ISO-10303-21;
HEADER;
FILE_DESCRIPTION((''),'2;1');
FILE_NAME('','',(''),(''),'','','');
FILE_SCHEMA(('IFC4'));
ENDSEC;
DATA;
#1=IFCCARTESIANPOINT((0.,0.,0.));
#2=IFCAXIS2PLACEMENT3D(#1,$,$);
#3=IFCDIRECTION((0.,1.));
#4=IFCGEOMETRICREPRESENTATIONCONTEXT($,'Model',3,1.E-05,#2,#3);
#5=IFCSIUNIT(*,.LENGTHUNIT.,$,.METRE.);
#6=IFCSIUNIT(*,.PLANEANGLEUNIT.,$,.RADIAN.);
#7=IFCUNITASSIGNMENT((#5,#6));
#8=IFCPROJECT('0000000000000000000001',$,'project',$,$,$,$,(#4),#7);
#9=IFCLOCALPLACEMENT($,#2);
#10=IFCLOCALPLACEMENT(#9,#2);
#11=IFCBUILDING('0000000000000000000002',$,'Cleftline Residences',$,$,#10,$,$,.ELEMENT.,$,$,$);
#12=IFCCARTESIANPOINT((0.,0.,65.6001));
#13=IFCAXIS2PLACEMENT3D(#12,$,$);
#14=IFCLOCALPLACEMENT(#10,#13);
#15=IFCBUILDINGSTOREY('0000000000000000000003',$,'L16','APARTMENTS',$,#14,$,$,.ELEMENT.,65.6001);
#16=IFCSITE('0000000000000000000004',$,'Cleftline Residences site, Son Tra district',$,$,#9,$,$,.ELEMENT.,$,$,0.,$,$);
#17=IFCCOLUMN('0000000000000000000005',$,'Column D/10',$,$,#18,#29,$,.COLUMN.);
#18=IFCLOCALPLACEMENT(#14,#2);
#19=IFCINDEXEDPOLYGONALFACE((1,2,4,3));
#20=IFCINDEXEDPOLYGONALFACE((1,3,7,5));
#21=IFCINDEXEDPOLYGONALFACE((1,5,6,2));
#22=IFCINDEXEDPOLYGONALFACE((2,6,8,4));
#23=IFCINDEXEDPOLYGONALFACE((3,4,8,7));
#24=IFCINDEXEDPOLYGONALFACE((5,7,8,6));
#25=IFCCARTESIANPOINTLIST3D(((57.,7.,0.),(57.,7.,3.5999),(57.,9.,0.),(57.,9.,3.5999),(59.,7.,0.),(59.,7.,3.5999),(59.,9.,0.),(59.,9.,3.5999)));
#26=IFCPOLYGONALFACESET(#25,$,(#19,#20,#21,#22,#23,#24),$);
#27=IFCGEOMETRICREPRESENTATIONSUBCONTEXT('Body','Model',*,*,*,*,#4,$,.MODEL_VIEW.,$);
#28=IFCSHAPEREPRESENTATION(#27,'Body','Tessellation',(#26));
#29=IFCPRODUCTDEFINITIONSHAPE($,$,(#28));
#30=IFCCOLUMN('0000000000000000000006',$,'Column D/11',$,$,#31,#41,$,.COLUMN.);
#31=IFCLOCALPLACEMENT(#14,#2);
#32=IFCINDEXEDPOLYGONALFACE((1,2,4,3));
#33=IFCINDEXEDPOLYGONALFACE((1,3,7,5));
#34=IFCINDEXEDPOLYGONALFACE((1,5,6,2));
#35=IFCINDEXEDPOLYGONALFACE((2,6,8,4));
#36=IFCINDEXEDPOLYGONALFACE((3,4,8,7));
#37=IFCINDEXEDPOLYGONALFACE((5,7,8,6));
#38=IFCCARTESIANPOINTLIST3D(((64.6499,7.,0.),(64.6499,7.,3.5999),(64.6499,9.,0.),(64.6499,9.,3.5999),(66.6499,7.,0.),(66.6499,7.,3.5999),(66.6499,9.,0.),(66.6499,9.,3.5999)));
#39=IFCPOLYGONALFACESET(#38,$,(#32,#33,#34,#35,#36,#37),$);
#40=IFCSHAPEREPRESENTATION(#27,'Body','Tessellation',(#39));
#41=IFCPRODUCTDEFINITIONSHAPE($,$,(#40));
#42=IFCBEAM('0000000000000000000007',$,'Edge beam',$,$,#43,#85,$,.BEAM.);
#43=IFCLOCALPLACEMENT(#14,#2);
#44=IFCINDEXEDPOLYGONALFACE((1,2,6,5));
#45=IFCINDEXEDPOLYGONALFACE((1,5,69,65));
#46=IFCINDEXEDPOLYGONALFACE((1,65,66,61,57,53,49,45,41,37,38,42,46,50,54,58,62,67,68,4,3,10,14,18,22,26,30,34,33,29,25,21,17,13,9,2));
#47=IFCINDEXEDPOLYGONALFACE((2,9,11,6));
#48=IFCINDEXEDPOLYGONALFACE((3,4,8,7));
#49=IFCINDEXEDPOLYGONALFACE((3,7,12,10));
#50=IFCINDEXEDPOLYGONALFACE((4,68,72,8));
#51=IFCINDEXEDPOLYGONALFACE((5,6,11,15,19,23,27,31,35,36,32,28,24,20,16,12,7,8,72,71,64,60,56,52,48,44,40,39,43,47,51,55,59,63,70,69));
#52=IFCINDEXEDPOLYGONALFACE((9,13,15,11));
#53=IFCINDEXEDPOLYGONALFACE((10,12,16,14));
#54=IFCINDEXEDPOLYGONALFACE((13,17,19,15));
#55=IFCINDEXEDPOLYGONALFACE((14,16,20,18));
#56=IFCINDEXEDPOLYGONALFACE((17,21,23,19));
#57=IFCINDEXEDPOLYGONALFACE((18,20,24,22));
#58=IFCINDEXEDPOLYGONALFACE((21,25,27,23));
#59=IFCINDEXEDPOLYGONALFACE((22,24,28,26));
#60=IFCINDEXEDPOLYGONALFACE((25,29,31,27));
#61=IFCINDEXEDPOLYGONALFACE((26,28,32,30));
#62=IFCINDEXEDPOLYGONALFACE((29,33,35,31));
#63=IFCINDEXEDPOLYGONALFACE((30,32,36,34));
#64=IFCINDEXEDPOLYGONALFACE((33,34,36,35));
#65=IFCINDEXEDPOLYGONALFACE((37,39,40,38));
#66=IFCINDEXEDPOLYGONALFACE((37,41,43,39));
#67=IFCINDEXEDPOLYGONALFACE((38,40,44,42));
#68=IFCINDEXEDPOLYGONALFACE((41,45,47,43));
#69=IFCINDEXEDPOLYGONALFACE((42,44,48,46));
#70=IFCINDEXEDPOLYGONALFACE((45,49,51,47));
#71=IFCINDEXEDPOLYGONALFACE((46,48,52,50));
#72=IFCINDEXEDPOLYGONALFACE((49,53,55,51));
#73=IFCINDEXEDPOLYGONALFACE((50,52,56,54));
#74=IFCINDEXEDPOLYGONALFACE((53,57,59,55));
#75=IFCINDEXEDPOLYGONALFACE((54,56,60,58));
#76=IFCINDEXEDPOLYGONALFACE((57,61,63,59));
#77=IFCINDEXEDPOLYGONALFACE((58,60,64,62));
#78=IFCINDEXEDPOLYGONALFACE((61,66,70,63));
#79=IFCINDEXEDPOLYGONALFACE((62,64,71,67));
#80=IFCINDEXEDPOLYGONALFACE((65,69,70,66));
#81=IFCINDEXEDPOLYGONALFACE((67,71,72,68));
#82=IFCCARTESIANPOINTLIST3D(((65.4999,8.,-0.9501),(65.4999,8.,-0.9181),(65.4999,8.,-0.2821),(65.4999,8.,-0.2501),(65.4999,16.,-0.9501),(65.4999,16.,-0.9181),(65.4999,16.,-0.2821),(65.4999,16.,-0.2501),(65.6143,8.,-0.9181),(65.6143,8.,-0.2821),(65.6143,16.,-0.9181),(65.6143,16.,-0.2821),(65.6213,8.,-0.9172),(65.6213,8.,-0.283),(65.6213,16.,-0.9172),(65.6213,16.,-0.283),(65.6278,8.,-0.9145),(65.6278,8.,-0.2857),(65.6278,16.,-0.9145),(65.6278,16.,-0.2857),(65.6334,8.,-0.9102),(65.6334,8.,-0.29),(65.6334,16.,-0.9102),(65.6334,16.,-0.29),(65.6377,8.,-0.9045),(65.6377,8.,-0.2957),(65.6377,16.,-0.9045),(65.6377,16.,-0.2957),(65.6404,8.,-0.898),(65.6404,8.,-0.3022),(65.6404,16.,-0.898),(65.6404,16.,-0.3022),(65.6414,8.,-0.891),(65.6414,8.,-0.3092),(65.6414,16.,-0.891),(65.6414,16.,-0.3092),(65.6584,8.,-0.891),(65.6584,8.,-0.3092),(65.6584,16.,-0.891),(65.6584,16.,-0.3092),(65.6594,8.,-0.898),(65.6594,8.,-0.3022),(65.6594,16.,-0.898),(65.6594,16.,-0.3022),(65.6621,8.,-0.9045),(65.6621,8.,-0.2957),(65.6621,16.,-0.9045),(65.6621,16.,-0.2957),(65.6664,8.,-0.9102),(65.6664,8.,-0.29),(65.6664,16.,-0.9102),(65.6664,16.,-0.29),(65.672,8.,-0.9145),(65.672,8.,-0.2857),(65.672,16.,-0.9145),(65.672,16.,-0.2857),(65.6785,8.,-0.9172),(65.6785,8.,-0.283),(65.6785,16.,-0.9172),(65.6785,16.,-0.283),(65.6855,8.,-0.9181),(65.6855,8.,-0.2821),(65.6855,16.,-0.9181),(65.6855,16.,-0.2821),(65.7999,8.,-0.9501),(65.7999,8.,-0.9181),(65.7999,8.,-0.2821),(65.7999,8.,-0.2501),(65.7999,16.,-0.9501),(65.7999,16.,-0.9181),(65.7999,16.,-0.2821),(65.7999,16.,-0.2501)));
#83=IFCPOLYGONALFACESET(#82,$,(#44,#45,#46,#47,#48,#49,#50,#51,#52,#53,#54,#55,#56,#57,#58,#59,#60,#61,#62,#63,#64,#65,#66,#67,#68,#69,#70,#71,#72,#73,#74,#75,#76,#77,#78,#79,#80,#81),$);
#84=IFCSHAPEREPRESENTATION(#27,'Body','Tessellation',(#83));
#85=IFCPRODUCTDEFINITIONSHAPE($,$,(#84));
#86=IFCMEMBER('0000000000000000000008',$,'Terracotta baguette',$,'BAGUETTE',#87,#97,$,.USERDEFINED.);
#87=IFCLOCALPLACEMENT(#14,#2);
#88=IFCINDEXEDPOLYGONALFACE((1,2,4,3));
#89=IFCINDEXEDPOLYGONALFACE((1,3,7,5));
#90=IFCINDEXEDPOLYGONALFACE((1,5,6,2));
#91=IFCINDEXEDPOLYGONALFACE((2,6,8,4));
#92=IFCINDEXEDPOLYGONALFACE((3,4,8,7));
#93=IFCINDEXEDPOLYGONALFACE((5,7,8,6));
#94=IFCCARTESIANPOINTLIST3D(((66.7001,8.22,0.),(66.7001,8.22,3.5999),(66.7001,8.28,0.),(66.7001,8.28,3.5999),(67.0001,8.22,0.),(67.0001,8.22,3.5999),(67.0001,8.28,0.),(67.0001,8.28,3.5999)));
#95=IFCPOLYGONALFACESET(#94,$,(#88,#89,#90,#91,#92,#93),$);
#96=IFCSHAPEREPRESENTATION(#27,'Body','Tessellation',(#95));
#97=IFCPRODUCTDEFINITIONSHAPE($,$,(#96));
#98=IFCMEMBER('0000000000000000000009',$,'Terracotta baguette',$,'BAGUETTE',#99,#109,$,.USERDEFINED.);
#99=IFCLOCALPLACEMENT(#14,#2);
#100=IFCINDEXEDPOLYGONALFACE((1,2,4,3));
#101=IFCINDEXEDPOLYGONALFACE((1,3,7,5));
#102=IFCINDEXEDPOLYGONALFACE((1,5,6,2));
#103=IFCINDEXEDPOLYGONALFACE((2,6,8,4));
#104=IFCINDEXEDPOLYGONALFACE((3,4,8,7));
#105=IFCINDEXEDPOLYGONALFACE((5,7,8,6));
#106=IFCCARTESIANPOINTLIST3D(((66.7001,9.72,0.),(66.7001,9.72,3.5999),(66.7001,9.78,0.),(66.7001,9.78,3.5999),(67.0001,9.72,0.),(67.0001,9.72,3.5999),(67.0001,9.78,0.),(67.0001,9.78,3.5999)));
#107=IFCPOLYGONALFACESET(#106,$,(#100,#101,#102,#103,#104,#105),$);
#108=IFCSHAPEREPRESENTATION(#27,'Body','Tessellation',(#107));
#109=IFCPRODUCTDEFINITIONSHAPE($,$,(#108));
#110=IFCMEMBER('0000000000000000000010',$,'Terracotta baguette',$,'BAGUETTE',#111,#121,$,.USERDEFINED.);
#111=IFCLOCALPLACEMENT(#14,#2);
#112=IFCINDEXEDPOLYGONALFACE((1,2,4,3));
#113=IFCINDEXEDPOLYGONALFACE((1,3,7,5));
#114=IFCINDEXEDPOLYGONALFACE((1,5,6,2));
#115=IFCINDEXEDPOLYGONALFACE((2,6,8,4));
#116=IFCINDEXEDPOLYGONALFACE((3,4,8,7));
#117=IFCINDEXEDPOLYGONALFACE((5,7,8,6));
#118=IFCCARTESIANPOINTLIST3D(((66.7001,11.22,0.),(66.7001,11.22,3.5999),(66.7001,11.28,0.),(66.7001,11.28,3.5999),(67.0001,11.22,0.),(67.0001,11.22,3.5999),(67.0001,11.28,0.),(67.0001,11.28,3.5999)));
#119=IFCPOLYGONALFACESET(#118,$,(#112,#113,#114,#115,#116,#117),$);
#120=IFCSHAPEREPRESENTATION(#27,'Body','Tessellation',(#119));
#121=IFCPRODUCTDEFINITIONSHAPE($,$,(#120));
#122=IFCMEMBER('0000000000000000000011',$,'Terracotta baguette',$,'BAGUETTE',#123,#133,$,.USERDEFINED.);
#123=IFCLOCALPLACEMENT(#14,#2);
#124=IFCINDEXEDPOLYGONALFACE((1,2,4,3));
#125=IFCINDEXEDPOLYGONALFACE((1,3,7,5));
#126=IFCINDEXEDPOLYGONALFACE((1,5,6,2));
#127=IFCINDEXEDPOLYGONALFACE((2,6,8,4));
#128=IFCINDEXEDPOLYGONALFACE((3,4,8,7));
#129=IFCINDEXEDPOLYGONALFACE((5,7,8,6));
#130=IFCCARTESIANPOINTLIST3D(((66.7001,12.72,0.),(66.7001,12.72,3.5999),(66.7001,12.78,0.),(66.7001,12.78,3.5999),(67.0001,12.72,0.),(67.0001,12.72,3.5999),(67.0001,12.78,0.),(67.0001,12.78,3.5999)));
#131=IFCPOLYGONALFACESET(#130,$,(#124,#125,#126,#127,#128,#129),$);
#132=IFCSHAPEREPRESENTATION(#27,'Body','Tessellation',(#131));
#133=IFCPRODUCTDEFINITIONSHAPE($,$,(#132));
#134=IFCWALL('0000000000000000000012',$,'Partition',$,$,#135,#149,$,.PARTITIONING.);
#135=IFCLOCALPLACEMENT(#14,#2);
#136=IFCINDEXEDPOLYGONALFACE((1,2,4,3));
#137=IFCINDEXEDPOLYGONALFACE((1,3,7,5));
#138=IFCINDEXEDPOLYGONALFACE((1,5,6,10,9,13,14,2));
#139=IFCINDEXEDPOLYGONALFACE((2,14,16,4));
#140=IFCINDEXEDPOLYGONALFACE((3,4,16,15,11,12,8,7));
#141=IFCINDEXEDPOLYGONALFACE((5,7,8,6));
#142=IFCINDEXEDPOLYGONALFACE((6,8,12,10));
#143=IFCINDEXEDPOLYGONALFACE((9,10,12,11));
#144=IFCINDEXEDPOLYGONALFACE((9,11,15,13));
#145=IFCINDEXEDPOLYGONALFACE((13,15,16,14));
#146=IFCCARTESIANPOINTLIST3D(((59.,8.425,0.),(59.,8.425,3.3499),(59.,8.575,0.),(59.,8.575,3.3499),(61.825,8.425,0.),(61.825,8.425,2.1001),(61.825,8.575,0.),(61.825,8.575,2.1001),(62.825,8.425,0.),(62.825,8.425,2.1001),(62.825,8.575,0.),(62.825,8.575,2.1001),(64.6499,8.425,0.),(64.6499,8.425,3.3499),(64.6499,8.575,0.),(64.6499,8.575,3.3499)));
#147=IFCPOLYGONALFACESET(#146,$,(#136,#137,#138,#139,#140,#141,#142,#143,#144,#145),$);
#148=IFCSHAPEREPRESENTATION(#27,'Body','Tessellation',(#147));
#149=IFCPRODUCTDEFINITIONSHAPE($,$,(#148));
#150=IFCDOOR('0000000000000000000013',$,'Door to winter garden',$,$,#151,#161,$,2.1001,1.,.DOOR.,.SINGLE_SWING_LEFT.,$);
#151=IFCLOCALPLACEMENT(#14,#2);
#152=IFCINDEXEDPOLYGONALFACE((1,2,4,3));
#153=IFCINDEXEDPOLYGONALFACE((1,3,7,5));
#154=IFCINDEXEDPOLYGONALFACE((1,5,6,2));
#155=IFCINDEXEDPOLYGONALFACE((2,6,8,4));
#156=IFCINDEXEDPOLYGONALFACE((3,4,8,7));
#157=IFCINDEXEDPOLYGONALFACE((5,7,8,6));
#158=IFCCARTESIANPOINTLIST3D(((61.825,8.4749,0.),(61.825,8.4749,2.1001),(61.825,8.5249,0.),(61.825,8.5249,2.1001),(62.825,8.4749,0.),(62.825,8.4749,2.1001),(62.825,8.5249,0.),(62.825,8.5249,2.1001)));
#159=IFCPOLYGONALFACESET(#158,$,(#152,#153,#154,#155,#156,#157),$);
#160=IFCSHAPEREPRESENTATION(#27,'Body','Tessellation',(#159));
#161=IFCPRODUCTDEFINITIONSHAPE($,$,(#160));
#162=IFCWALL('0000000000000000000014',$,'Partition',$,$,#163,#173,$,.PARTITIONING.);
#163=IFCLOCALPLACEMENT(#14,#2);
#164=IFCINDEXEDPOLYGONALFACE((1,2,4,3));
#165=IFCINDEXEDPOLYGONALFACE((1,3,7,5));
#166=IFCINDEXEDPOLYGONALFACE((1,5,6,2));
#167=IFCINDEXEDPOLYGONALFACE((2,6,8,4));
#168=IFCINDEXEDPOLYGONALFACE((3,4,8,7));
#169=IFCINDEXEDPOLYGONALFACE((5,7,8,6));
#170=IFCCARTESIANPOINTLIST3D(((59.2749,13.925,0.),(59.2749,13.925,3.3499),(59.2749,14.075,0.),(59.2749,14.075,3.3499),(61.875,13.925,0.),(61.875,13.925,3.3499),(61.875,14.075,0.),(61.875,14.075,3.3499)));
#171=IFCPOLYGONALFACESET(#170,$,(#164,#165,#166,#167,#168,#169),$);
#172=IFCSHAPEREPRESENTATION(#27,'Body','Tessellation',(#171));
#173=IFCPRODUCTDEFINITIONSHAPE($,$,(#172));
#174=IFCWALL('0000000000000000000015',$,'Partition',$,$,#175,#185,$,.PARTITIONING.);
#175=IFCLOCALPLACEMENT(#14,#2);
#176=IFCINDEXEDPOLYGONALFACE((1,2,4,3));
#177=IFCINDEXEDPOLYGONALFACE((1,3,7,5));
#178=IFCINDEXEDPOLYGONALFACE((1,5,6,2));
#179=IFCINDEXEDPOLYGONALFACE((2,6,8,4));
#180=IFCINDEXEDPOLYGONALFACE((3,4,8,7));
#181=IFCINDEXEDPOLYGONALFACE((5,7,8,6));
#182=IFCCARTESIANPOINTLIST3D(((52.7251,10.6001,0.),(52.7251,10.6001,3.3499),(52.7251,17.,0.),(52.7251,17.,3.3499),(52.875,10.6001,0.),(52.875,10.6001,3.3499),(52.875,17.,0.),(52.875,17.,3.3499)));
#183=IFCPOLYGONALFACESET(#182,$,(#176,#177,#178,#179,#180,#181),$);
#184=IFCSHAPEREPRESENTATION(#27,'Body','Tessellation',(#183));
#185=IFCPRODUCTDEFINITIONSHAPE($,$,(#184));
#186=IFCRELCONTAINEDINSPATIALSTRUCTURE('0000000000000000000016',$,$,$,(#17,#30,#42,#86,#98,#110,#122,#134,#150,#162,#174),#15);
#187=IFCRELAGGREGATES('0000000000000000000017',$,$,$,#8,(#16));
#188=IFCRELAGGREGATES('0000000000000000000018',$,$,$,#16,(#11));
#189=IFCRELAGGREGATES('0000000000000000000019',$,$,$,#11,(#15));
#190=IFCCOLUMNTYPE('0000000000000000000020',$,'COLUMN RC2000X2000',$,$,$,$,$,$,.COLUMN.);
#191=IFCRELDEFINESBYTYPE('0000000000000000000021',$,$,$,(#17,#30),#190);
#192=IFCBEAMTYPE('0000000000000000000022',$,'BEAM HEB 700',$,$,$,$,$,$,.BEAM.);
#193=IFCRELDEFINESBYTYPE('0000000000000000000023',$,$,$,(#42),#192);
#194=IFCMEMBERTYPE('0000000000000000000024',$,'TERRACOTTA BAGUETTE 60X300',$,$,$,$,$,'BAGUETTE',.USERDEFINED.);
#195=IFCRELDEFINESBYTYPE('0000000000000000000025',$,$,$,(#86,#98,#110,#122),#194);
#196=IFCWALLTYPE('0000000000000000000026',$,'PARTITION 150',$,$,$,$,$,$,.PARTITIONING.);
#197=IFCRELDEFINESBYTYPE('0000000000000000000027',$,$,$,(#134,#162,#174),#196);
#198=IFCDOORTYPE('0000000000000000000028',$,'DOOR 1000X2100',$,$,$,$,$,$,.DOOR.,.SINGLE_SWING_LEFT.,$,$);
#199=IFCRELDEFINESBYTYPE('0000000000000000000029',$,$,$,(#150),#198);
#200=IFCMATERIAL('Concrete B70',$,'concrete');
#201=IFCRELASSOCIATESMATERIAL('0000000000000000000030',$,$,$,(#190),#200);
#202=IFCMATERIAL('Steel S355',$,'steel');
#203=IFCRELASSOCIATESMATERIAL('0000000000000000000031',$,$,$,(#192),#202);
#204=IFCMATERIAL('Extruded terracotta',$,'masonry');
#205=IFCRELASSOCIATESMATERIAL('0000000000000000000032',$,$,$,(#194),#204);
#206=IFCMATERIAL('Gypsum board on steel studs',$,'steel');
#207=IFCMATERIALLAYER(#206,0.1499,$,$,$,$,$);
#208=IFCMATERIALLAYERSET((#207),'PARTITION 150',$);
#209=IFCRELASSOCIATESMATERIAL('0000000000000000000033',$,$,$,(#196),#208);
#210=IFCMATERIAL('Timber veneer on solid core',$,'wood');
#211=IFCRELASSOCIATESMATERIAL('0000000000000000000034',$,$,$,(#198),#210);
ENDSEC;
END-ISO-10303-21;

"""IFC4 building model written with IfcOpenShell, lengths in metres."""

from ifc_helpers import new_model, si_unit, direction, frame, frame_2d, origin, origin_2d, place, context, subcontext, project, spatial, rectangle, i_section, extrude, material, layer, layer_set, material_profile, profile_set, type_object, element, fill, save


model = new_model("IFC4")

# Units and contexts
model_context = context("Model", 3, precision=1e-05, world=origin(), true_north=direction((0.0, 1.0)))
body_context = subcontext(model_context, "Body", "Model", "MODEL_VIEW")
ifc_project = project(units=[si_unit("LENGTHUNIT", "METRE"), si_unit("PLANEANGLEUNIT", "RADIAN")], contexts=[model_context])

# Site, building, storey
site_placement = place(None, origin())
site = spatial("IfcSite", under=ifc_project, at=site_placement, Name="Cleftline Residences site, Son Tra district", CompositionType="ELEMENT", RefElevation=0.0)
building_placement = place(site_placement, origin())
building = spatial("IfcBuilding", under=site, at=building_placement, Name="Cleftline Residences", CompositionType="ELEMENT")
storey_placement = place(building_placement, frame((0.0, 0.0, 65.6001)))
storey = spatial("IfcBuildingStorey", under=building, at=storey_placement, Name="L16", Description="APARTMENTS", CompositionType="ELEMENT", Elevation=65.6001)

# Columns
ifc_material_1 = material(Name="Concrete B70", Category="concrete")
ifc_material_profile_1 = material_profile(ifc_material_1, rectangle(XDim=2.0, YDim=2.0, at=origin_2d()))
ifc_profile_set_1 = profile_set([ifc_material_profile_1], Name="Concrete B70")
column_type = type_object("IfcColumnType", Name="COLUMN RC2000X2000", PredefinedType="COLUMN", material=ifc_profile_set_1)
for number, where, z_axis, x_axis, name in (
    (1, (58.0, 8.0, 0.0), (0.0, 0.0, 1.0), (1.0, 0.0, 0.0), "Column D/10"),
    (2, (65.6499, 8.0, 0.0), (0.0, 0.0, 1.0), (1.0, 0.0, 0.0), "Column D/11"),
):
    element("IfcColumn", number, at=place(storey_placement, frame(where, z_axis=z_axis, x_axis=x_axis)), inside=storey, type_object=column_type, Name=name, PredefinedType="COLUMN", context=body_context, shape_type="SweptSolid", body=[
        extrude(rectangle(XDim=2.0, YDim=2.0, at=origin_2d()), origin(), (0.0, 0.0, 1.0), 3.5999),
    ])

# Beam
ifc_material_2 = material(Name="Steel S355", Category="steel")
ifc_material_profile_2 = material_profile(ifc_material_2, i_section(OverallWidth=0.3, OverallDepth=0.7, WebThickness=0.0171, FlangeThickness=0.032, FilletRadius=0.0271, at=origin_2d()))
ifc_profile_set_2 = profile_set([ifc_material_profile_2], Name="Steel S355")
beam_type = type_object("IfcBeamType", Name="BEAM HEB 700", PredefinedType="BEAM", material=ifc_profile_set_2)
beam_placement = place(storey_placement, frame((65.6499, 8.0, -0.6001), z_axis=(0.0, 1.0, 0.0), x_axis=(-1.0, 0.0, 0.0)))
element("IfcBeam", 3, at=beam_placement, inside=storey, type_object=beam_type, Name="Edge beam", PredefinedType="BEAM", context=body_context, shape_type="SweptSolid", body=[
    extrude(i_section(OverallWidth=0.3, OverallDepth=0.7, WebThickness=0.0171, FlangeThickness=0.032, FilletRadius=0.0271, at=origin_2d()), origin(), (0.0, 0.0, 1.0), 8.0),
])

# Members
ifc_material_3 = material(Name="Extruded terracotta", Category="masonry")
ifc_material_profile_3 = material_profile(ifc_material_3, rectangle(XDim=0.0601, YDim=0.3, at=origin_2d()))
ifc_profile_set_3 = profile_set([ifc_material_profile_3], Name="Extruded terracotta")
member_type = type_object("IfcMemberType", Name="TERRACOTTA BAGUETTE 60X300", ElementType="BAGUETTE", PredefinedType="USERDEFINED", material=ifc_profile_set_3)
for number, where, z_axis, x_axis, name in (
    (4, (66.8501, 8.25, 0.0), (0.0, 0.0, 1.0), (0.0, 1.0, 0.0), "Terracotta baguette"),
    (5, (66.8501, 9.75, 0.0), (0.0, 0.0, 1.0), (0.0, 1.0, 0.0), "Terracotta baguette"),
    (6, (66.8501, 11.25, 0.0), (0.0, 0.0, 1.0), (0.0, 1.0, 0.0), "Terracotta baguette"),
    (7, (66.8501, 12.75, 0.0), (0.0, 0.0, 1.0), (0.0, 1.0, 0.0), "Terracotta baguette"),
):
    element("IfcMember", number, at=place(storey_placement, frame(where, z_axis=z_axis, x_axis=x_axis)), inside=storey, type_object=member_type, Name=name, ObjectType="BAGUETTE", PredefinedType="USERDEFINED", context=body_context, shape_type="SweptSolid", body=[
        extrude(rectangle(XDim=0.0601, YDim=0.3, at=origin_2d()), origin(), (0.0, 0.0, 1.0), 3.5999),
    ])

# Wall, opening, door
ifc_material_4 = material(Name="Gypsum board on steel studs", Category="steel")
ifc_layer = layer(ifc_material_4, 0.1499)
ifc_layer_set = layer_set([ifc_layer], Name="PARTITION 150")
wall_type = type_object("IfcWallType", Name="PARTITION 150", PredefinedType="PARTITIONING", material=ifc_layer_set)
wall_1_placement = place(storey_placement, frame((59.0, 8.5, 0.0), z_axis=(0.0, 0.0, 1.0), x_axis=(1.0, 0.0, 0.0)))
wall_1 = element("IfcWall", 8, at=wall_1_placement, inside=storey, type_object=wall_type, Name="Partition", PredefinedType="PARTITIONING", context=body_context, shape_type="SweptSolid", body=[
    extrude(rectangle(XDim=5.6499, YDim=0.1499, at=frame_2d((2.825, 0.0))), origin(), (0.0, 0.0, 1.0), 3.3499),
])
opening_1_placement = place(wall_1_placement, frame((2.825, 0.0, 0.0)))
opening_1 = element("IfcOpeningElement", 9, at=opening_1_placement, cuts=wall_1, PredefinedType="OPENING", context=body_context, shape_type="SweptSolid", body=[
    extrude(rectangle(XDim=1.0, YDim=2.1001, at=frame_2d((0.5, 1.05))), frame((0.0, 0.085, 0.0), z_axis=(0.0, -1.0, 0.0), x_axis=(1.0, 0.0, 0.0)), (0.0, 0.0, 1.0), 0.1699),
])
ifc_material_5 = material(Name="Timber veneer on solid core", Category="wood")
door_type_1 = type_object("IfcDoorType", Name="DOOR 1000X2100", OperationType="SINGLE_SWING_LEFT", PredefinedType="DOOR", material=ifc_material_5)
door_1_placement = place(opening_1_placement, origin())
door_1 = element("IfcDoor", 10, at=door_1_placement, inside=storey, type_object=door_type_1, Name="Door to winter garden", OperationType="SINGLE_SWING_LEFT", OverallHeight=2.1001, OverallWidth=1.0, PredefinedType="DOOR", context=body_context, shape_type="SweptSolid", body=[
    extrude(rectangle(XDim=1.0, YDim=2.1001, at=frame_2d((0.5, 1.05))), frame((0.0, 0.0249, 0.0), z_axis=(0.0, -1.0, 0.0), x_axis=(1.0, 0.0, 0.0)), (0.0, 0.0, 1.0), 0.05),
])
fill(opening_1, door_1)

# Walls
wall_2_placement = place(storey_placement, frame((59.2749, 14.0, 0.0), z_axis=(0.0, 0.0, 1.0), x_axis=(1.0, 0.0, 0.0)))
element("IfcWall", 11, at=wall_2_placement, inside=storey, type_object=wall_type, Name="Partition", PredefinedType="PARTITIONING", context=body_context, shape_type="SweptSolid", body=[
    extrude(rectangle(XDim=2.6001, YDim=0.1499, at=frame_2d((1.3, 0.0))), origin(), (0.0, 0.0, 1.0), 3.3499),
])
wall_3_placement = place(storey_placement, frame((52.8, 10.6001, 0.0), z_axis=(0.0, 0.0, 1.0), x_axis=(0.0, 1.0, 0.0)))
element("IfcWall", 12, at=wall_3_placement, inside=storey, type_object=wall_type, Name="Partition", PredefinedType="PARTITIONING", context=body_context, shape_type="SweptSolid", body=[
    extrude(rectangle(XDim=6.3999, YDim=0.1499, at=frame_2d((3.2, 0.0))), origin(), (0.0, 0.0, 1.0), 3.3499),
])

save(model, "model.ifc")
